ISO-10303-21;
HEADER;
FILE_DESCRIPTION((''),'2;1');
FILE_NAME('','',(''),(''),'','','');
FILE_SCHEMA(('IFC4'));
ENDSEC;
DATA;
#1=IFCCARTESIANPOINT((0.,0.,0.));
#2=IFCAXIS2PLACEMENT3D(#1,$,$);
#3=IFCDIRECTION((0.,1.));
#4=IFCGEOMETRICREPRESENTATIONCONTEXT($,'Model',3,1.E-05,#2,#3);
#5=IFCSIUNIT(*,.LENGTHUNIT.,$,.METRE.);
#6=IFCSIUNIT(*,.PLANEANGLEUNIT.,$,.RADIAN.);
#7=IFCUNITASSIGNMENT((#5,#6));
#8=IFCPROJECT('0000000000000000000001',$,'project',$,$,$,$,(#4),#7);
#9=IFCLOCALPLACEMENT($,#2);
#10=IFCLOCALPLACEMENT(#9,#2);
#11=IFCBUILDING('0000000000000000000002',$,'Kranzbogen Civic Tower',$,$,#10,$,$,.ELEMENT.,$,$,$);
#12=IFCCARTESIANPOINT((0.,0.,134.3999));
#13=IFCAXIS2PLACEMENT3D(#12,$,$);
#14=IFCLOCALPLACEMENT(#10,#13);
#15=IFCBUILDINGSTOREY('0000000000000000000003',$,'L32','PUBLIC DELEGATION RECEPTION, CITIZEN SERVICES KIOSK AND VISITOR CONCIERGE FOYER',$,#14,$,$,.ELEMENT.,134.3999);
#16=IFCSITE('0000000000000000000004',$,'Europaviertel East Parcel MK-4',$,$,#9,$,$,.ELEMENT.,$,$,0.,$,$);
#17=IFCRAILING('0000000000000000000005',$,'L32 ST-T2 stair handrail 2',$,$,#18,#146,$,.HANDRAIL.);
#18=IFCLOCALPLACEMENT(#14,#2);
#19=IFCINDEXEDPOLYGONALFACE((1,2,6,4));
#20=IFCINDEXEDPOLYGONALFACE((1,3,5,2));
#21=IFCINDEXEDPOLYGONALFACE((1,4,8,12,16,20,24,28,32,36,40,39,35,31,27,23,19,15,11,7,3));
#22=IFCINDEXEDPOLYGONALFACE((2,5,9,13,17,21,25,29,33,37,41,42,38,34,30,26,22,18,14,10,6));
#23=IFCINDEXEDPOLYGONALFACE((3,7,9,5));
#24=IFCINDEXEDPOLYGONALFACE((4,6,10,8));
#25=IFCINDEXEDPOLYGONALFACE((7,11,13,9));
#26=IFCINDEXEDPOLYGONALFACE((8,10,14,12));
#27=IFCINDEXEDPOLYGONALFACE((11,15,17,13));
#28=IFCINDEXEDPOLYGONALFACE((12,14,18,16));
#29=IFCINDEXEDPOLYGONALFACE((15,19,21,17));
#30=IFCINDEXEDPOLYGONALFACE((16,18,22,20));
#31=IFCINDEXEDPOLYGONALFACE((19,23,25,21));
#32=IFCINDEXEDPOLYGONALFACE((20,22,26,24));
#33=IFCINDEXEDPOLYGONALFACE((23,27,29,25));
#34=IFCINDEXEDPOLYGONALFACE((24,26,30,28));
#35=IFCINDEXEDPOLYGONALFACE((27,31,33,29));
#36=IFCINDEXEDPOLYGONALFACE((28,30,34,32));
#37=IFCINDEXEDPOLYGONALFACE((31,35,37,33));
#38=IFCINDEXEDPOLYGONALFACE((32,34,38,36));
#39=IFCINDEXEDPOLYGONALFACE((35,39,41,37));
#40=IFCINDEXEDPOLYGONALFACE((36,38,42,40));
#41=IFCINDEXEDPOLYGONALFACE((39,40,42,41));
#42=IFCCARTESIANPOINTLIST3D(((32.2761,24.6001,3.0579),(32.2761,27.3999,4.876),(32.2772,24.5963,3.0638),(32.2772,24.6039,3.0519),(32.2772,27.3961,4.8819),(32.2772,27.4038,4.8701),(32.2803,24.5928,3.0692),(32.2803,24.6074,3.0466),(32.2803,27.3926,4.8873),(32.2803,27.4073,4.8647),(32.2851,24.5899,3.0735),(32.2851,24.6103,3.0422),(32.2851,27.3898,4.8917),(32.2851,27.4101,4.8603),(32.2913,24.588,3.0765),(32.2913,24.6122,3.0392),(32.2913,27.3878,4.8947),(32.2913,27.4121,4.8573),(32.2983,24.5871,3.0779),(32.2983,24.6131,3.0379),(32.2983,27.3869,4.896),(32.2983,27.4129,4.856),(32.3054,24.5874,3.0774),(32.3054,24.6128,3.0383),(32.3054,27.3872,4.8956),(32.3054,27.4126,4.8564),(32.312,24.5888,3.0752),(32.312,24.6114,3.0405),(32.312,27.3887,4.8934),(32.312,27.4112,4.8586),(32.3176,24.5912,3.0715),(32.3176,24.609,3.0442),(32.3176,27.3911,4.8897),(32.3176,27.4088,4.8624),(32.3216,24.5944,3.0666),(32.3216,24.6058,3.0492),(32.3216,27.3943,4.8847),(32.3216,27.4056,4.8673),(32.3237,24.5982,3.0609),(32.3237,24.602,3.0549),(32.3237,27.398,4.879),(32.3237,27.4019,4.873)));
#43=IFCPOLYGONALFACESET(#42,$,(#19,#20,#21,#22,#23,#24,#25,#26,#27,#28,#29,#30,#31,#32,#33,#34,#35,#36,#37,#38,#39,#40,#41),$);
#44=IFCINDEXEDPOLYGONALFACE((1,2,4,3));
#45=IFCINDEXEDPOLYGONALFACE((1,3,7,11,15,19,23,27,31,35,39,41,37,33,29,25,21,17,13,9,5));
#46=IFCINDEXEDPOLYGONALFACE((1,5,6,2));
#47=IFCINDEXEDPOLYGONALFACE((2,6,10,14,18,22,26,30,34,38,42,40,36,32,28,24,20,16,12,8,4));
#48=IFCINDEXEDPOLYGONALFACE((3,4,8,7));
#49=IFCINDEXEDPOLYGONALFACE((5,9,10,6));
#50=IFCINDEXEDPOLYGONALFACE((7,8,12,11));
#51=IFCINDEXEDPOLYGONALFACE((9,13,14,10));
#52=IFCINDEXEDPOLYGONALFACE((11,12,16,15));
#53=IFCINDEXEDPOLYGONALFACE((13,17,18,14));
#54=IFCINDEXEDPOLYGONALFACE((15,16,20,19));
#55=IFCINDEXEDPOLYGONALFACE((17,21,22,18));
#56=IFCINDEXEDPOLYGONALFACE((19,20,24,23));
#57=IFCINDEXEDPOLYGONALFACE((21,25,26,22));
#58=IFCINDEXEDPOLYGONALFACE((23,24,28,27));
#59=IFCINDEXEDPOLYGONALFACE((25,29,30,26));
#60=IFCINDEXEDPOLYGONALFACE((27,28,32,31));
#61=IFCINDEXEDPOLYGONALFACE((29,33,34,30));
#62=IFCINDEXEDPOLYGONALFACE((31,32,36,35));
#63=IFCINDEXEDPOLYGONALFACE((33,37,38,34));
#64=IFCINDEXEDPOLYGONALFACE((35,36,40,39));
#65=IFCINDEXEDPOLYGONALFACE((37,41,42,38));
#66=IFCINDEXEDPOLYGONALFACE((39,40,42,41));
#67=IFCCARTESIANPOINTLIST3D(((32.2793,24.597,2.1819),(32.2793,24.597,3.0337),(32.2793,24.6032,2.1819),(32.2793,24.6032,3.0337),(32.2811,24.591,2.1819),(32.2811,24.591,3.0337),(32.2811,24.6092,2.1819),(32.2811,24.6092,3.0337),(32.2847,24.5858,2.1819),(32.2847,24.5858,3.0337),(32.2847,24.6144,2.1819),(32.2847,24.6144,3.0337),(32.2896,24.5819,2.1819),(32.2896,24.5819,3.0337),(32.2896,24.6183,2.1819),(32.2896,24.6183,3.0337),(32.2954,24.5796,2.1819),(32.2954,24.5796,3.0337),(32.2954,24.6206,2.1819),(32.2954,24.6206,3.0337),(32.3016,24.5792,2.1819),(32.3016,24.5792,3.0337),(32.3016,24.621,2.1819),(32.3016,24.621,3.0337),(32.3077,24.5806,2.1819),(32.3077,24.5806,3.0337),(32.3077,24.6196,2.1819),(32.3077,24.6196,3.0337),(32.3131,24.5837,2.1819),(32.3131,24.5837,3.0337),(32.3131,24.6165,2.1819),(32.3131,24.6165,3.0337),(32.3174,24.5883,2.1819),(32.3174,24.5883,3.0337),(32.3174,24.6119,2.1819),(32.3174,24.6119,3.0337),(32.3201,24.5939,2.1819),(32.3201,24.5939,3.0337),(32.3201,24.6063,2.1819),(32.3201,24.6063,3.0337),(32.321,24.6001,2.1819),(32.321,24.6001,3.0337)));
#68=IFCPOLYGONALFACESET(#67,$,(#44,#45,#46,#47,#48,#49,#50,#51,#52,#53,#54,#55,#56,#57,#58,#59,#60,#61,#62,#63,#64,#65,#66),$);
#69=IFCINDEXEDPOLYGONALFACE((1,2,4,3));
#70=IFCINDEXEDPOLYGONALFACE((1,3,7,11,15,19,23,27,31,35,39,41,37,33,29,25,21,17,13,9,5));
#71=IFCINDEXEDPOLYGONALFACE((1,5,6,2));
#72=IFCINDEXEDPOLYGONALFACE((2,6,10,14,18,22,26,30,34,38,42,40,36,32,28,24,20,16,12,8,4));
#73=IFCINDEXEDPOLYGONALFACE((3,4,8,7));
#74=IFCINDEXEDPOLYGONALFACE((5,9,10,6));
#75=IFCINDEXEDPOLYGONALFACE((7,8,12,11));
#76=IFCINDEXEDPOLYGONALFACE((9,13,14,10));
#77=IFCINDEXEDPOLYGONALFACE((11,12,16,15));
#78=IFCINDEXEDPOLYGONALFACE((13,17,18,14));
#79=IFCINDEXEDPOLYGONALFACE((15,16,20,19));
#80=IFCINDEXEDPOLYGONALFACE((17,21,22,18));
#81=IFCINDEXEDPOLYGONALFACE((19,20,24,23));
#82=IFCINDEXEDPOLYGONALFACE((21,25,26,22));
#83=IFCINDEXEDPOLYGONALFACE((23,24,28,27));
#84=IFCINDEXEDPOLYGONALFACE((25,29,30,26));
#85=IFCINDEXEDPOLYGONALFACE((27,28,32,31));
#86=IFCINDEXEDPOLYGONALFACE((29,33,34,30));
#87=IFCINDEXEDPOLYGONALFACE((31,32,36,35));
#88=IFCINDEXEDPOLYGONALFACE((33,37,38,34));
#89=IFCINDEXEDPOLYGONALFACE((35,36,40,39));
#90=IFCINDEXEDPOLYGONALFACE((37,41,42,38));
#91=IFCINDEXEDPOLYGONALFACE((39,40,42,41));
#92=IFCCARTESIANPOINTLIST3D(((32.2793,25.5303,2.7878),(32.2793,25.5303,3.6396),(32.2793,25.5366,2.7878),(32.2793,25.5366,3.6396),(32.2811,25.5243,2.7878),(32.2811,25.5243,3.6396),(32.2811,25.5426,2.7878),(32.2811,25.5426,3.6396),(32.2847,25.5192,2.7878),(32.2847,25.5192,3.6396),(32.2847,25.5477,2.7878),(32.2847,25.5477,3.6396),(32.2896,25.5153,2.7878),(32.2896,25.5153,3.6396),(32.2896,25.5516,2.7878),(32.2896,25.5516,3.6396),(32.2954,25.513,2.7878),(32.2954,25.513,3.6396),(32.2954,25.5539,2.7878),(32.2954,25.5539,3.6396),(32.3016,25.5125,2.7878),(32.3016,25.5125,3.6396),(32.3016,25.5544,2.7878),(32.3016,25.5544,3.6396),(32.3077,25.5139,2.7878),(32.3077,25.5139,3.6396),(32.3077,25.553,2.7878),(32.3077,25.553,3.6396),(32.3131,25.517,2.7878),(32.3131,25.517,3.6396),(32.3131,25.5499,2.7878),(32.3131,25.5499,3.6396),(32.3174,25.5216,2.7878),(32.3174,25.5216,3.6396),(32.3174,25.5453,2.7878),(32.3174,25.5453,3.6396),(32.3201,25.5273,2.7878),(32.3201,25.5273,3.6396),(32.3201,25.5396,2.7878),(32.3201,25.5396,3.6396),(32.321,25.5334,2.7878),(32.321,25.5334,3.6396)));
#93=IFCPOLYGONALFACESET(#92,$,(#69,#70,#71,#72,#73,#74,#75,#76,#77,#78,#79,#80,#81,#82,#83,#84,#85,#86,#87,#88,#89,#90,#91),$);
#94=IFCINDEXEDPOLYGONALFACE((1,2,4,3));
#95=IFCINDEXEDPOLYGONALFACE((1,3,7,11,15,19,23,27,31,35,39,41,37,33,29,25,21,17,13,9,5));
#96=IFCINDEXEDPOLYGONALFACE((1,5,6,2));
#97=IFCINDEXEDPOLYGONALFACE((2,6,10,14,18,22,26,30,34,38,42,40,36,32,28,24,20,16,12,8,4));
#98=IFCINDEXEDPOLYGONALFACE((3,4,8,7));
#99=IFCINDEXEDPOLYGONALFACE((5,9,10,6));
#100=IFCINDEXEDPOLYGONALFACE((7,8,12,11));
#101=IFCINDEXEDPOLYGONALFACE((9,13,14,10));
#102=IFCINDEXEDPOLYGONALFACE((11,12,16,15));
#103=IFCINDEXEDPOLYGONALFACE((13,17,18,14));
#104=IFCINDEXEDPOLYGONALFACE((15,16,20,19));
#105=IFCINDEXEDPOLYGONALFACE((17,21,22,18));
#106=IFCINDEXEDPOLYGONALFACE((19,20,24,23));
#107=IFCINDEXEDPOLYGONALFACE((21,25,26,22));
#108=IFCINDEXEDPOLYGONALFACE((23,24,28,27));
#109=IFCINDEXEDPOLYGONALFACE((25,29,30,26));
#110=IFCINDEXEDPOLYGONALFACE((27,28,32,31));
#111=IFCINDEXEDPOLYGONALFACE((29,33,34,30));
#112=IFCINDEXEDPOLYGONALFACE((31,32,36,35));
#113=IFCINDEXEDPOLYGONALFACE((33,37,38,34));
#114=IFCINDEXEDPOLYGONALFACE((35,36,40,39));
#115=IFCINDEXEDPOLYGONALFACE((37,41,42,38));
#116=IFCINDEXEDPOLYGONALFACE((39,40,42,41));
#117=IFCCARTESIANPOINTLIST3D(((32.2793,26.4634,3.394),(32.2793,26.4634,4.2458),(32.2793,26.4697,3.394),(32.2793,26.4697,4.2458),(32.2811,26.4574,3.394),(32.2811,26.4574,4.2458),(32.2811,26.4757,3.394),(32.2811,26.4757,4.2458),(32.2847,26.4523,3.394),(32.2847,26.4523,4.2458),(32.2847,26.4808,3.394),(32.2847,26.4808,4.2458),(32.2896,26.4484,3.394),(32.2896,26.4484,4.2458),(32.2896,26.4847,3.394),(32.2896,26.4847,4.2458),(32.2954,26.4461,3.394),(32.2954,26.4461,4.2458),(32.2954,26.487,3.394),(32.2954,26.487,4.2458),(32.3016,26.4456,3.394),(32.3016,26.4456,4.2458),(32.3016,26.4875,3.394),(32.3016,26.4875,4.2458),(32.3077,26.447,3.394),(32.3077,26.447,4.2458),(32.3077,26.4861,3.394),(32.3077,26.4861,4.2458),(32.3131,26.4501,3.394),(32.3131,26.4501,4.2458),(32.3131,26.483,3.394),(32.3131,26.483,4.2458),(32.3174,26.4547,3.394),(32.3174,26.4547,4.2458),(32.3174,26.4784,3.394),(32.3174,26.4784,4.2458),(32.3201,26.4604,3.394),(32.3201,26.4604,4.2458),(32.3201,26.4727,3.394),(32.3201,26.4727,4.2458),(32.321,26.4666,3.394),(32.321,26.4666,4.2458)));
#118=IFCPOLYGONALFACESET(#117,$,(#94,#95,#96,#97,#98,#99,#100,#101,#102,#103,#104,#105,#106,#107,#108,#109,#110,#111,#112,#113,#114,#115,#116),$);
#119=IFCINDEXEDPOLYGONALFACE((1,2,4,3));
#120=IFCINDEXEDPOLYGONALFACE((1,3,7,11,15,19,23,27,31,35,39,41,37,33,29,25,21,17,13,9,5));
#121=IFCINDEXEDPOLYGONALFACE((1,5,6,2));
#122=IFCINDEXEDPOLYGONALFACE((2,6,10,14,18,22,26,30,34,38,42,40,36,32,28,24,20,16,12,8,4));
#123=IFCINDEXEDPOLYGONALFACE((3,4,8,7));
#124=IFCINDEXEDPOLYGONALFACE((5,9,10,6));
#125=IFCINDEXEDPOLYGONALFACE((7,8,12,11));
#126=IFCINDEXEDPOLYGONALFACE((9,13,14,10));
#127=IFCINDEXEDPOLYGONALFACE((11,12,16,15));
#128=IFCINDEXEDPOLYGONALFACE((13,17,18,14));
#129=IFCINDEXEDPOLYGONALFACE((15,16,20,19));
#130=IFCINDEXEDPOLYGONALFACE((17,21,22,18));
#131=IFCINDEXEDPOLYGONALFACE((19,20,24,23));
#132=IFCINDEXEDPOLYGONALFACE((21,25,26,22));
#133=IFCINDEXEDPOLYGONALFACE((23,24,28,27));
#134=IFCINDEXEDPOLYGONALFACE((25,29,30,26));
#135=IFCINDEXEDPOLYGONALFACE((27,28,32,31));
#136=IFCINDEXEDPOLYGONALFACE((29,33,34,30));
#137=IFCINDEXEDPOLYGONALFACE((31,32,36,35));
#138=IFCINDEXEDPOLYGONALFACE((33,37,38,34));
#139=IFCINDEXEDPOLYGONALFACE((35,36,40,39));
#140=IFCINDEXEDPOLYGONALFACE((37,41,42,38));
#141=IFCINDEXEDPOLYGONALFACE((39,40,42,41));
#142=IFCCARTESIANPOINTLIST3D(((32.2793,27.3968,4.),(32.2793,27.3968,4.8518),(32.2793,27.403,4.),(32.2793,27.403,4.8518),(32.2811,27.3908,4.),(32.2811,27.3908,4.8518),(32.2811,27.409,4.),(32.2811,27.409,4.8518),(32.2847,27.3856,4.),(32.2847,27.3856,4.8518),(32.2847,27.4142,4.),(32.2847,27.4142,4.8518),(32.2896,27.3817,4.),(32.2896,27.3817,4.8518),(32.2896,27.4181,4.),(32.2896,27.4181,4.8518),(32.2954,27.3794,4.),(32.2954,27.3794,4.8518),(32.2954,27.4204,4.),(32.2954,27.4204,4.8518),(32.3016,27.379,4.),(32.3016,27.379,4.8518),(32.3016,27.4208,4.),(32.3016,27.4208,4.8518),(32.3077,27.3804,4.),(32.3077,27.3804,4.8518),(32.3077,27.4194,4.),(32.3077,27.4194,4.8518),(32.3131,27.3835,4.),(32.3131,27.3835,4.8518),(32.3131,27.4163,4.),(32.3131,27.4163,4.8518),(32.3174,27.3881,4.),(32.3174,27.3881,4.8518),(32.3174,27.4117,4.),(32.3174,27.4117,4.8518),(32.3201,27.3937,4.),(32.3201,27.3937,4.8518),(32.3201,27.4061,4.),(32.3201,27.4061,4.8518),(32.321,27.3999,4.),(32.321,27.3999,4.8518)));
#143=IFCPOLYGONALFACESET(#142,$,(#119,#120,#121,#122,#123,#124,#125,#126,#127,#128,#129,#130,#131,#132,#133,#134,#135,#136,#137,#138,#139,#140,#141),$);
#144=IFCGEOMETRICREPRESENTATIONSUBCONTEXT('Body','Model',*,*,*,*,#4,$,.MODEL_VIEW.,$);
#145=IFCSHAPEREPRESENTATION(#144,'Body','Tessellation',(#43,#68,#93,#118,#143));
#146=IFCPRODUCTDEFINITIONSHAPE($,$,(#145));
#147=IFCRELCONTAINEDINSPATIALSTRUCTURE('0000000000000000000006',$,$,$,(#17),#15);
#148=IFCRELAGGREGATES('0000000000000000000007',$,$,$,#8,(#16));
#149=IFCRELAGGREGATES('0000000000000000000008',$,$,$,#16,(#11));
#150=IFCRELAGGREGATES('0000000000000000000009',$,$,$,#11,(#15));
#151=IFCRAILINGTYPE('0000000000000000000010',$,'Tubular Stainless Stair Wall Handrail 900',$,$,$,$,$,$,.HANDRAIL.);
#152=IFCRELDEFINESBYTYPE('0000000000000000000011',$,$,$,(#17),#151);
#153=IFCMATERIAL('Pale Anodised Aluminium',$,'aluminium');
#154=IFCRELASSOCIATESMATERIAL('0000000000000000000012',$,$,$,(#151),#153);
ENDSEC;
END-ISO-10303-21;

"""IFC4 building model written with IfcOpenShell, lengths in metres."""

from ifc_helpers import new_model, si_unit, direction, frame, origin, origin_2d, place, context, subcontext, project, spatial, circle, extrude, material, type_object, element, save


model = new_model("IFC4")

# Units and contexts
model_context = context("Model", 3, precision=1e-05, world=origin(), true_north=direction((0.0, 1.0)))
body_context = subcontext(model_context, "Body", "Model", "MODEL_VIEW")
ifc_project = project(units=[si_unit("LENGTHUNIT", "METRE"), si_unit("PLANEANGLEUNIT", "RADIAN")], contexts=[model_context])

# Site, building, storey
site_placement = place(None, origin())
site = spatial("IfcSite", under=ifc_project, at=site_placement, Name="Europaviertel East Parcel MK-4", CompositionType="ELEMENT", RefElevation=0.0)
building_placement = place(site_placement, origin())
building = spatial("IfcBuilding", under=site, at=building_placement, Name="Kranzbogen Civic Tower", CompositionType="ELEMENT")
storey_placement = place(building_placement, frame((0.0, 0.0, 134.3999)))
storey = spatial("IfcBuildingStorey", under=building, at=storey_placement, Name="L32", Description="PUBLIC DELEGATION RECEPTION, CITIZEN SERVICES KIOSK AND VISITOR CONCIERGE FOYER", CompositionType="ELEMENT", Elevation=134.3999)

# Shared definitions
ifc_material_1 = material(Name="Pale Anodised Aluminium", Category="aluminium")

# Railing
railing_type_1 = type_object("IfcRailingType", Name="Tubular Stainless Stair Wall Handrail 900", PredefinedType="HANDRAIL", material=ifc_material_1)
railing_1_placement = place(storey_placement, frame((32.3, 24.6001, 2.1819)))
element("IfcRailing", 1, at=railing_1_placement, inside=storey, type_object=railing_type_1, Name="L32 ST-T2 stair handrail 2", PredefinedType="HANDRAIL", context=body_context, shape_type="SweptSolid", body=[
    extrude(circle(Radius=0.0239, at=origin_2d()), frame((0.0, 0.0, 0.876), z_axis=(0.0, 0.838684, 0.544618), x_axis=(-1.0, 0.0, 0.0)), (0.0, 0.0, 1.0), 3.3384),
    extrude(circle(Radius=0.021, at=origin_2d()), origin(), (0.0, 0.0, 1.0), 0.8518),
    extrude(circle(Radius=0.021, at=origin_2d()), frame((0.0, 0.9333, 0.606)), (0.0, 0.0, 1.0), 0.8518),
    extrude(circle(Radius=0.021, at=origin_2d()), frame((0.0, 1.8665, 1.2122)), (0.0, 0.0, 1.0), 0.8518),
    extrude(circle(Radius=0.021, at=origin_2d()), frame((0.0, 2.7998, 1.8181)), (0.0, 0.0, 1.0), 0.8518),
])

save(model, "model.ifc")
